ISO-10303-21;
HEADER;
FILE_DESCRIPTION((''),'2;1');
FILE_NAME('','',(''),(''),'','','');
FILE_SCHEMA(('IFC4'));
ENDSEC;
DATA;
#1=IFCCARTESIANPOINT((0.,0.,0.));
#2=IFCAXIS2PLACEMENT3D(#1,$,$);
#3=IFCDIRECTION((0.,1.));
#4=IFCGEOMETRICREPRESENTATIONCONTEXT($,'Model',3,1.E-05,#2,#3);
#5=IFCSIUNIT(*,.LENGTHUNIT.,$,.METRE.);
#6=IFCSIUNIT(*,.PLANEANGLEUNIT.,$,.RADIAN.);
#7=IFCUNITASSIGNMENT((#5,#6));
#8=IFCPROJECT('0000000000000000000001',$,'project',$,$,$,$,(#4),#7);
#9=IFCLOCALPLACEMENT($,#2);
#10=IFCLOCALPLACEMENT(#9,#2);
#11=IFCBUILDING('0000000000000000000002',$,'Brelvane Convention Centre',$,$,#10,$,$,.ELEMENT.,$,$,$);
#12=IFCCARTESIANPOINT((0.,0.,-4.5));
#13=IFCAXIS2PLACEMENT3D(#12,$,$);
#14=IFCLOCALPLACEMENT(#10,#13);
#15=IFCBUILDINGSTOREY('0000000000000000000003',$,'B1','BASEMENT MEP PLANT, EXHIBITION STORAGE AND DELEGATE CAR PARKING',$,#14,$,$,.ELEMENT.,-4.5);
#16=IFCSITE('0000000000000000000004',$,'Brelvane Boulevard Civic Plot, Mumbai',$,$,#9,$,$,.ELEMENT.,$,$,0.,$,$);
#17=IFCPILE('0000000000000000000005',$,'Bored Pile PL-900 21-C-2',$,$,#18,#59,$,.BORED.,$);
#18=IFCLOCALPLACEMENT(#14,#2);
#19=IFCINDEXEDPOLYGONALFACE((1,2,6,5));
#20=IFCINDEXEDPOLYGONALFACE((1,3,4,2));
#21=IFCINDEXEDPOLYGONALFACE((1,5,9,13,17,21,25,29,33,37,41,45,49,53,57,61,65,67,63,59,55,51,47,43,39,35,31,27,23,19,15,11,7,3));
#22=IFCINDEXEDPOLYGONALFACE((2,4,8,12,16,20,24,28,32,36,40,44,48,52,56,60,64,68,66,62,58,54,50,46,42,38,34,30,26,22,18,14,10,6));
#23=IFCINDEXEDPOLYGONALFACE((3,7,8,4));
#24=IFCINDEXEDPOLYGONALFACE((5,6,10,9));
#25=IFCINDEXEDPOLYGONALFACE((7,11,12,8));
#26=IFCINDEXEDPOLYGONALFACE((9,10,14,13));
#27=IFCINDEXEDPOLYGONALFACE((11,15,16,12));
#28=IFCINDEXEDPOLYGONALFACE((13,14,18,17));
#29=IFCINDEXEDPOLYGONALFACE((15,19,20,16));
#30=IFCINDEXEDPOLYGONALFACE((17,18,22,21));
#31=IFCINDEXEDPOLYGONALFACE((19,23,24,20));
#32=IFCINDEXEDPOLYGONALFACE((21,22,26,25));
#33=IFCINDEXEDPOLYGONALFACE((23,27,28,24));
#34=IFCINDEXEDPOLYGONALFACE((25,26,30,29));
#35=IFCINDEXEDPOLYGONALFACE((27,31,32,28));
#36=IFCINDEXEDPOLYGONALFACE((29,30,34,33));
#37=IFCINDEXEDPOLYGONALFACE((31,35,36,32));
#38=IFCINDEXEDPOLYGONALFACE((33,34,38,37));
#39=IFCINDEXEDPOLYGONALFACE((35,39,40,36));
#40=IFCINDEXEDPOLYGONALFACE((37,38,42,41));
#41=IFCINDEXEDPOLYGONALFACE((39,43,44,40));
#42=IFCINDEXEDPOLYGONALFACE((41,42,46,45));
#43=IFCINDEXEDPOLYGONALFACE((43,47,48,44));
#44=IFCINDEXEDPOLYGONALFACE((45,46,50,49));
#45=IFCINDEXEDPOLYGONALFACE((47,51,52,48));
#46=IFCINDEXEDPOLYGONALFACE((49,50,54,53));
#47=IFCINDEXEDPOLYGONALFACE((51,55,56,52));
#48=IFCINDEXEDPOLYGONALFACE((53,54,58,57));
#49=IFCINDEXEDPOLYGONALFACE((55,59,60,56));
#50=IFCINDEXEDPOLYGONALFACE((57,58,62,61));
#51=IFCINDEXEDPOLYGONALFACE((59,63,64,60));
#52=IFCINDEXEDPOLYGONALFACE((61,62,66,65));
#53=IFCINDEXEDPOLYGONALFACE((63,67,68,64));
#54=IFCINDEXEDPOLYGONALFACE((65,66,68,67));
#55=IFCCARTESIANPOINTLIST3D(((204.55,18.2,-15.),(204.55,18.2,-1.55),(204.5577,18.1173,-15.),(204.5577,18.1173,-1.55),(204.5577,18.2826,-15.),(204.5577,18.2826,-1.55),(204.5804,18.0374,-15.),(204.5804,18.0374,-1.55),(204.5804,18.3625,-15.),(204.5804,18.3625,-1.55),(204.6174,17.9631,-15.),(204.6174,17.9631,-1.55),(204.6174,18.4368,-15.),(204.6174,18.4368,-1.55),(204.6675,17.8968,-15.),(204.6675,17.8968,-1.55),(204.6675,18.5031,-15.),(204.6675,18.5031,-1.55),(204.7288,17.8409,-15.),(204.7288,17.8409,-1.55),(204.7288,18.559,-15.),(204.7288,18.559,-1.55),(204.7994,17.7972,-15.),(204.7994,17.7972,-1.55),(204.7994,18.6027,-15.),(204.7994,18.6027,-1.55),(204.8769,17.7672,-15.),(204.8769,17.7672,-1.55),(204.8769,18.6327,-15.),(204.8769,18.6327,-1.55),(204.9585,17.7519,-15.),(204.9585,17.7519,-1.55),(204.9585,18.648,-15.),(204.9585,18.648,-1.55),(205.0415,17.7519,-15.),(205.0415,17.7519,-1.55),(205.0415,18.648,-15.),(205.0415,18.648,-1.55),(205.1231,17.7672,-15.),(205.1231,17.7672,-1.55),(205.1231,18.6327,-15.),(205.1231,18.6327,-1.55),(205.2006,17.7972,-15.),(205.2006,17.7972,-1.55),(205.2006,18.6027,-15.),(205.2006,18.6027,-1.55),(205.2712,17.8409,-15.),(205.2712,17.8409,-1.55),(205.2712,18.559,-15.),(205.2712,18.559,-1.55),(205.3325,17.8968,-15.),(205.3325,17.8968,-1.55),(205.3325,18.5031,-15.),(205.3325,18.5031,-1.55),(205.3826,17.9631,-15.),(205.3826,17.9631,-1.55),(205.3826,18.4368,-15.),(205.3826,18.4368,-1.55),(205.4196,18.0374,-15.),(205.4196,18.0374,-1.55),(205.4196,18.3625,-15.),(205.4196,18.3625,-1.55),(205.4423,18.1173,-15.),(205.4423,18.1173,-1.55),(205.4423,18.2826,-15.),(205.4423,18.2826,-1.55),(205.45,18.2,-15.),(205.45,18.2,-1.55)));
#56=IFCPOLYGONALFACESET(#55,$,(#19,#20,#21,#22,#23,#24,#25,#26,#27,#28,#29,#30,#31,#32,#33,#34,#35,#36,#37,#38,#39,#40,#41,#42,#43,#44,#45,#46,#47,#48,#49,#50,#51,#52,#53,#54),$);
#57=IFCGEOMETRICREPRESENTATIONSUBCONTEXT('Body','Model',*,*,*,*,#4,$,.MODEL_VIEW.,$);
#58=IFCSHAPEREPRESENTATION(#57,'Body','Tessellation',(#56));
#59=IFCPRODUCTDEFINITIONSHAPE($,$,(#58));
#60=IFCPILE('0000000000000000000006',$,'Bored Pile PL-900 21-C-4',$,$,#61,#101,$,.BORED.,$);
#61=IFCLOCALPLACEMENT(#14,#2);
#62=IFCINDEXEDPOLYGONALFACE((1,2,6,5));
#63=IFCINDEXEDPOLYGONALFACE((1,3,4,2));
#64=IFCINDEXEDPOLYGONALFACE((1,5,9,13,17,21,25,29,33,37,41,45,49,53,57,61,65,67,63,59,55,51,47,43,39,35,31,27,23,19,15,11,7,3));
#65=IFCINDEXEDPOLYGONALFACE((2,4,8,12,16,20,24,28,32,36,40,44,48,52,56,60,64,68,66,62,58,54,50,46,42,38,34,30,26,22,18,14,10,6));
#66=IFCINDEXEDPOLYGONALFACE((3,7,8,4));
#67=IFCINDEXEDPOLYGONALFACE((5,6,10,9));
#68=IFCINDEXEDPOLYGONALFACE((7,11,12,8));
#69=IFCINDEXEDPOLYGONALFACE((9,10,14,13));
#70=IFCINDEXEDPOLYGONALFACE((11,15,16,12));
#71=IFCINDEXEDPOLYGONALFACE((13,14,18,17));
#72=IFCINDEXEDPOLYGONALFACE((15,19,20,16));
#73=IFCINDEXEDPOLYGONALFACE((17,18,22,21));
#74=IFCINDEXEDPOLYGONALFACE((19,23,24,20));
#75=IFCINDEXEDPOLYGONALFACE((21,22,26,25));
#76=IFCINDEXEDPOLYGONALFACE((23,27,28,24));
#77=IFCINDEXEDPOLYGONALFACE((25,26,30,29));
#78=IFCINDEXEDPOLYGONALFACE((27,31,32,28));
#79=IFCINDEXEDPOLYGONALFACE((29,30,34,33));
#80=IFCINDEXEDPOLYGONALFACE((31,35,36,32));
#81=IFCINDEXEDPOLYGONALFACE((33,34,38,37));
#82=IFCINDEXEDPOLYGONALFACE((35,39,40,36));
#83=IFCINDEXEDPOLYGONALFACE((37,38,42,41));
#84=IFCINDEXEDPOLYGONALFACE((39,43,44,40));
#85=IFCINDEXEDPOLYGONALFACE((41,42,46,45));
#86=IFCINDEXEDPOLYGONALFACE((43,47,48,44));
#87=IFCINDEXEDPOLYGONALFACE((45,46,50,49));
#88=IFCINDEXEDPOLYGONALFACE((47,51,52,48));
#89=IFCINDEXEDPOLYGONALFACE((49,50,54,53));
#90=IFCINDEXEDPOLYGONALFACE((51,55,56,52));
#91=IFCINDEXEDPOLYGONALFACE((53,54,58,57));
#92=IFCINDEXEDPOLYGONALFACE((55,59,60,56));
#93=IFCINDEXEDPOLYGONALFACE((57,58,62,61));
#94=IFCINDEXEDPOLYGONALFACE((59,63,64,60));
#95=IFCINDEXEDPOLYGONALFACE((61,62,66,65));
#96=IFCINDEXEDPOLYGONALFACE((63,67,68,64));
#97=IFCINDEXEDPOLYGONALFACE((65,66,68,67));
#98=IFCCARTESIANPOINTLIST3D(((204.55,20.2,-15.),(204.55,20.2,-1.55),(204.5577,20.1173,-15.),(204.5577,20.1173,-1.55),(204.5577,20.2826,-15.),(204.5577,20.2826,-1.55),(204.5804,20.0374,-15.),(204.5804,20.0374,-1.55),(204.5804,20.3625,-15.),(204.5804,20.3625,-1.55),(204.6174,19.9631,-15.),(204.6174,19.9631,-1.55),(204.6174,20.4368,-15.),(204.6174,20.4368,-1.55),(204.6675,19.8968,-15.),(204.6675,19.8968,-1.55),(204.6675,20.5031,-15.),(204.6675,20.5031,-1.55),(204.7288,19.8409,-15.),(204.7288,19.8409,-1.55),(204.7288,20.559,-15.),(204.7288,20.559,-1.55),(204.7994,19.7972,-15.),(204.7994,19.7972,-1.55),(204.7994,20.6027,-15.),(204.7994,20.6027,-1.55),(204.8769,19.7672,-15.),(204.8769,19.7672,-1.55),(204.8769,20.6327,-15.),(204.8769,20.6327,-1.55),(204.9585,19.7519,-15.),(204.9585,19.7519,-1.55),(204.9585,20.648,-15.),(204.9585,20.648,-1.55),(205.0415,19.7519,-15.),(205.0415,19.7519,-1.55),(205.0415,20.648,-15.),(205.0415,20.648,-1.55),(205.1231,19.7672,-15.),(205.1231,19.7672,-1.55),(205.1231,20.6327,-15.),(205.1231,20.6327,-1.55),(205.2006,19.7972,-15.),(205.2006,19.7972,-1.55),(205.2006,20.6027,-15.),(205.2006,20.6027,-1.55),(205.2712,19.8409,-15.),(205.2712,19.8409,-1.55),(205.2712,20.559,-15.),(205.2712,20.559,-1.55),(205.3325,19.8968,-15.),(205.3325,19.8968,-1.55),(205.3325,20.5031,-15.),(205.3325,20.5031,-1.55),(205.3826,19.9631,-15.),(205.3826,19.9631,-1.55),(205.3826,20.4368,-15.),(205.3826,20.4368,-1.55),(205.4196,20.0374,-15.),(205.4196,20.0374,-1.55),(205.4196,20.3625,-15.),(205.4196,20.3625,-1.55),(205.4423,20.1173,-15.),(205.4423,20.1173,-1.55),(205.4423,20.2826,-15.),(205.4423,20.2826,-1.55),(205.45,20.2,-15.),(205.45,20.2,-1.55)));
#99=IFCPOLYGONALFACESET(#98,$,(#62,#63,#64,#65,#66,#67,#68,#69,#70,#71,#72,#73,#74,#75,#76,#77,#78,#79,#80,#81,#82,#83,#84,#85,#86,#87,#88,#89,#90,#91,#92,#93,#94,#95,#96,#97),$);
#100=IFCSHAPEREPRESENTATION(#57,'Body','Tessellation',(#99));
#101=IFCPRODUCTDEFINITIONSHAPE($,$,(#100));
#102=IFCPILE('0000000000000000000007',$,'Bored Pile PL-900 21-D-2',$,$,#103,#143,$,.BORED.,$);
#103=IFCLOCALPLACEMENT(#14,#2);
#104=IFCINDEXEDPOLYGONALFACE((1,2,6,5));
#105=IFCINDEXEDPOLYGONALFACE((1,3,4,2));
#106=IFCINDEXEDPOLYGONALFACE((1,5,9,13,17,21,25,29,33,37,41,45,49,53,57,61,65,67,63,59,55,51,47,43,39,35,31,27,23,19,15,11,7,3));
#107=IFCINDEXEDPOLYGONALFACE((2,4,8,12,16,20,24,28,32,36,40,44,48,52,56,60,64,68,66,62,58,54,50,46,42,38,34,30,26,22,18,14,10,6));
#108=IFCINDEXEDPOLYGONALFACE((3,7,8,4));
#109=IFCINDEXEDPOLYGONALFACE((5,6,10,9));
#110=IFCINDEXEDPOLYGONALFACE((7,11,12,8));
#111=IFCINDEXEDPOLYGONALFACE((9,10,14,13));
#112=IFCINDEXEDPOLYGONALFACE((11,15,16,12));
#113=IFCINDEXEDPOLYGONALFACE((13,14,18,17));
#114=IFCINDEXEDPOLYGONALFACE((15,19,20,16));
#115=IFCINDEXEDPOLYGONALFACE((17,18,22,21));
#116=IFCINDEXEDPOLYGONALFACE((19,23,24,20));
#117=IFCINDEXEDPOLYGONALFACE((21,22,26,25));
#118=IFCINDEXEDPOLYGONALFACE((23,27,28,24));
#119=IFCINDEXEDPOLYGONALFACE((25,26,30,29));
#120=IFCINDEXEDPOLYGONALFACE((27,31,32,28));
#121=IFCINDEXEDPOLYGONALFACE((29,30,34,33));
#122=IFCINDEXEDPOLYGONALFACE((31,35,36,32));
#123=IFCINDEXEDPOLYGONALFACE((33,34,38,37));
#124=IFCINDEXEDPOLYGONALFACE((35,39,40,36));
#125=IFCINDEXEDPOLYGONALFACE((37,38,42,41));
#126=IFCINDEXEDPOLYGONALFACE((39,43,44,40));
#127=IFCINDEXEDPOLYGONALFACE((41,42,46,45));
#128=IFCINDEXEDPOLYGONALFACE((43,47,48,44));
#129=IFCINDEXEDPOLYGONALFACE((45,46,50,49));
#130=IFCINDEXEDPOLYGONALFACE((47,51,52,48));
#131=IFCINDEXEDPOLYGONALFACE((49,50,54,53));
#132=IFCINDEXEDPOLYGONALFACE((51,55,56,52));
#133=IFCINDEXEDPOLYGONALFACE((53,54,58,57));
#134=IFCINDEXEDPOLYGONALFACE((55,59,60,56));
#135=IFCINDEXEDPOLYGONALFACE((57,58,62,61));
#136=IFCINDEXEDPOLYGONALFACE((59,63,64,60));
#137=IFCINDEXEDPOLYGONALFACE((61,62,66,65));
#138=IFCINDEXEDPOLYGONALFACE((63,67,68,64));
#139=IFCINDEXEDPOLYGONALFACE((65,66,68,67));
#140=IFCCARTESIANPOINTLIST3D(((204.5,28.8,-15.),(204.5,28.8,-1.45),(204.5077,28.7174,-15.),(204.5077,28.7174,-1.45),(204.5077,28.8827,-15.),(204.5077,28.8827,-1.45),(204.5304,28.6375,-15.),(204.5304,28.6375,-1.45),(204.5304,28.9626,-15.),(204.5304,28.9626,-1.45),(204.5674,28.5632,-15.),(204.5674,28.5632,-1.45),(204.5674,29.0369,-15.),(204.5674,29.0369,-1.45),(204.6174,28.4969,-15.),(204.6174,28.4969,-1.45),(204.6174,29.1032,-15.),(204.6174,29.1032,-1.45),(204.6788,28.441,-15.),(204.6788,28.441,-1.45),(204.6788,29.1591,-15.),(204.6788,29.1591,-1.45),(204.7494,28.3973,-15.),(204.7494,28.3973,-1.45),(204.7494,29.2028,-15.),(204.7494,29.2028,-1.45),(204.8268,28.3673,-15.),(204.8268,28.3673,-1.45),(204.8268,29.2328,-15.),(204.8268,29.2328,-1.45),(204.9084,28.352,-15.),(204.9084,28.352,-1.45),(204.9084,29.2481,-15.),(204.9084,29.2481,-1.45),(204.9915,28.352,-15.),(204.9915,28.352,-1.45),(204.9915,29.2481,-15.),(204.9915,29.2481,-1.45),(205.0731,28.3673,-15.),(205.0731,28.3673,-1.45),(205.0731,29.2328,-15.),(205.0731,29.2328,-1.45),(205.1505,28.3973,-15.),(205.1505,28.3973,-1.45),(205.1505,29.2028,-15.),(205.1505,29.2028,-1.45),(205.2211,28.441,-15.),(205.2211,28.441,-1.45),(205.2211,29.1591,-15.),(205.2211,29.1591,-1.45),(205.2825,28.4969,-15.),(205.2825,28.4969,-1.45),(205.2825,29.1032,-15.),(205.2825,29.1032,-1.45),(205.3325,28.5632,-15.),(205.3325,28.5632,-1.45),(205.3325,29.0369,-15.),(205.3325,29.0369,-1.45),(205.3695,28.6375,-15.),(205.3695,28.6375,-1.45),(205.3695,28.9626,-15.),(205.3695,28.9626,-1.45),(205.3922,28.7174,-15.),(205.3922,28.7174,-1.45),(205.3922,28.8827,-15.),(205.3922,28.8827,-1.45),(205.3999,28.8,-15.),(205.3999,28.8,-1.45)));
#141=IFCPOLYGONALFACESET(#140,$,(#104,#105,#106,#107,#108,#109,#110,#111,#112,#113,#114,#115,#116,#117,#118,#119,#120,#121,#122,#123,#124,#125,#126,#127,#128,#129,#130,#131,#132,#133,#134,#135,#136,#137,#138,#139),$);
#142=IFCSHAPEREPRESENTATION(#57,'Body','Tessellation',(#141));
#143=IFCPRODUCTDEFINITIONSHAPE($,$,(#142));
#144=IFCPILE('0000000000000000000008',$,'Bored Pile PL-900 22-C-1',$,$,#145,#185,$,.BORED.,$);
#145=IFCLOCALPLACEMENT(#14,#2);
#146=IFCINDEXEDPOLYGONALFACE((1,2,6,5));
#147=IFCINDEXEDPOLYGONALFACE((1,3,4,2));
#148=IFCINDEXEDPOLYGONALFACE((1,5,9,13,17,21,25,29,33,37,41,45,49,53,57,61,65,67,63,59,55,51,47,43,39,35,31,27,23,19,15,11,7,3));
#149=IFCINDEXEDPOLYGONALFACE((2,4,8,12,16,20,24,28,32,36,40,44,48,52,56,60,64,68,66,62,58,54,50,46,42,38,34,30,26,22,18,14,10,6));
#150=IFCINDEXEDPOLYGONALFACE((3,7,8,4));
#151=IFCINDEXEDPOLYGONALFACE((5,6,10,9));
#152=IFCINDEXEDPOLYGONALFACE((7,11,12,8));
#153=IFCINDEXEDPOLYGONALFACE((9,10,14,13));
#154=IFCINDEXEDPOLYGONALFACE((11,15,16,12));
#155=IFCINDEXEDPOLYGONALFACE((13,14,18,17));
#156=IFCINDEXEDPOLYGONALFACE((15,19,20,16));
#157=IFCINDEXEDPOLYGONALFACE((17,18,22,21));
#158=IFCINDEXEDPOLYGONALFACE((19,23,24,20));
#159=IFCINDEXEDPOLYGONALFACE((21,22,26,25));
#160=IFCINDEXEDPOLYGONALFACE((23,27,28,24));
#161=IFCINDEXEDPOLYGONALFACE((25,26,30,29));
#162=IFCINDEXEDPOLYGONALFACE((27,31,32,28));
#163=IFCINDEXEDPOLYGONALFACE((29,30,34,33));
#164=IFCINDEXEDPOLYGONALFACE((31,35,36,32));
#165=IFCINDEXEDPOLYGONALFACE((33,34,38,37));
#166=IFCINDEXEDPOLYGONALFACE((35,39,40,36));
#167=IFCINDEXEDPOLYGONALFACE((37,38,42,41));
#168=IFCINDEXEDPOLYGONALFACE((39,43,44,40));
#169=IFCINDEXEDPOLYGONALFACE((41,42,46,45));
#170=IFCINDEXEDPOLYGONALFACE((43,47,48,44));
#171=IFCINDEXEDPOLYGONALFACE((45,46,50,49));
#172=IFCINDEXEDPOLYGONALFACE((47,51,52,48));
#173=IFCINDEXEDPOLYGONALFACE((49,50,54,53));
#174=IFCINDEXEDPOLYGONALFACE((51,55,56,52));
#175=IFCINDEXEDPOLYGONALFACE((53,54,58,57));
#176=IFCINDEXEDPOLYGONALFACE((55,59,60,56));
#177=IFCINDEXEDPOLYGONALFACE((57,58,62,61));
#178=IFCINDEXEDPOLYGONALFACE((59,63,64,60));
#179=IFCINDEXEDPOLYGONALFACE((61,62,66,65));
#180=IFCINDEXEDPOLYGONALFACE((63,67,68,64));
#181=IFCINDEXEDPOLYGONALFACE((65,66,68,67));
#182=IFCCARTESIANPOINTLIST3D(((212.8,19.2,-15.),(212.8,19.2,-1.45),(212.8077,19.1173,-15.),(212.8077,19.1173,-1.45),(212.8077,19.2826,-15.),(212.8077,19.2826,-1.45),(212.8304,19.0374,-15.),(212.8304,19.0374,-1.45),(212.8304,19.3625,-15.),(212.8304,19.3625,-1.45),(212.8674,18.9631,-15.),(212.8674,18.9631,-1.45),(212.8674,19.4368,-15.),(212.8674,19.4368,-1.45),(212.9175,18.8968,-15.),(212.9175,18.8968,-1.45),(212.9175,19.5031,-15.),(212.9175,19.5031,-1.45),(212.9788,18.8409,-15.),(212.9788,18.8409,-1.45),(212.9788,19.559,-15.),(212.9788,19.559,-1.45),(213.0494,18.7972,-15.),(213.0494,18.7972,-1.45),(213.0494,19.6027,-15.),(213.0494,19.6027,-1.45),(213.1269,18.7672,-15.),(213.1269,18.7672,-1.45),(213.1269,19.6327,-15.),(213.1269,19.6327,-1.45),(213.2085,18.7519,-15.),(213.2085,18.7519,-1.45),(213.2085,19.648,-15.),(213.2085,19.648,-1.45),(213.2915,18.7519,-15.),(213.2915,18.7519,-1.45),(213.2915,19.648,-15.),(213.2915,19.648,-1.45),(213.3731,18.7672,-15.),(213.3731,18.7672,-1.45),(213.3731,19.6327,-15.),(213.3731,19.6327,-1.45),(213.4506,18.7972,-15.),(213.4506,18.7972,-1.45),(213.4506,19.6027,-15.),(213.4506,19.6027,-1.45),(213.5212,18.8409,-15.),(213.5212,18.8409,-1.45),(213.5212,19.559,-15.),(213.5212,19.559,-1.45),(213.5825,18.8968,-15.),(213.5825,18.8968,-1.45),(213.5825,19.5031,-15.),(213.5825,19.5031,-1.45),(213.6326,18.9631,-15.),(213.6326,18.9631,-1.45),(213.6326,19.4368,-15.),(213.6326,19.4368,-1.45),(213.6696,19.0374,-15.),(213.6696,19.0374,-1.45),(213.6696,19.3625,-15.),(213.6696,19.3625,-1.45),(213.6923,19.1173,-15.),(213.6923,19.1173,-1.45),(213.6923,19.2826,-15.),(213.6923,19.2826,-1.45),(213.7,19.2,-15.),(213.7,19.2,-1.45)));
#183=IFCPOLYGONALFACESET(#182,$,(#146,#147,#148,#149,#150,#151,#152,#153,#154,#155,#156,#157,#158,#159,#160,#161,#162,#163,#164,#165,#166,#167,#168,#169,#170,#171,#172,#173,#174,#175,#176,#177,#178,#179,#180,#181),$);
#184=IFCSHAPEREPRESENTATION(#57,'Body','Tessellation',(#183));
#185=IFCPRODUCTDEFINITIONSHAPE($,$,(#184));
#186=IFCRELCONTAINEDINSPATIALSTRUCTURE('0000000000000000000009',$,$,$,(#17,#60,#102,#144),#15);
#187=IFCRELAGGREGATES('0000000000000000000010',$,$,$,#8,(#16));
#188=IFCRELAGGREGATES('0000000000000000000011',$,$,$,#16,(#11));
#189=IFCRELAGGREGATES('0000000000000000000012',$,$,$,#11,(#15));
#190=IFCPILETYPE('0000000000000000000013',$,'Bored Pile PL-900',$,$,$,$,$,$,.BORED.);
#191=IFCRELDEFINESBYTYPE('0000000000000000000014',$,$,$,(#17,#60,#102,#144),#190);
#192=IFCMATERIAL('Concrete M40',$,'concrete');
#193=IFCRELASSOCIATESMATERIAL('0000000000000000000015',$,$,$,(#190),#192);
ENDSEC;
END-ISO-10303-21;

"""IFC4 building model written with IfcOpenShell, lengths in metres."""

from ifc_helpers import new_model, si_unit, direction, frame, origin, origin_2d, place, context, subcontext, project, spatial, circle, extrude, material, material_profile, profile_set, type_object, element, save


model = new_model("IFC4")

# Units and contexts
model_context = context("Model", 3, precision=1e-05, world=origin(), true_north=direction((0.0, 1.0)))
body_context = subcontext(model_context, "Body", "Model", "MODEL_VIEW")
ifc_project = project(units=[si_unit("LENGTHUNIT", "METRE"), si_unit("PLANEANGLEUNIT", "RADIAN")], contexts=[model_context])

# Site, building, storey
site_placement = place(None, origin())
site = spatial("IfcSite", under=ifc_project, at=site_placement, Name="Brelvane Boulevard Civic Plot, Mumbai", CompositionType="ELEMENT", RefElevation=0.0)
building_placement = place(site_placement, origin())
building = spatial("IfcBuilding", under=site, at=building_placement, Name="Brelvane Convention Centre", CompositionType="ELEMENT")
storey_placement = place(building_placement, frame((0.0, 0.0, -4.5)))
storey = spatial("IfcBuildingStorey", under=building, at=storey_placement, Name="B1", Description="BASEMENT MEP PLANT, EXHIBITION STORAGE AND DELEGATE CAR PARKING", CompositionType="ELEMENT", Elevation=-4.5)

# Piles
ifc_material_1 = material(Name="Concrete M40", Category="concrete")
ifc_material_profile_1 = material_profile(ifc_material_1, circle(Radius=0.45, at=origin_2d()), Name="PILE D900")
ifc_profile_set_1 = profile_set([ifc_material_profile_1], Name="Concrete M40")
pile_type = type_object("IfcPileType", Name="Bored Pile PL-900", PredefinedType="BORED", material=ifc_profile_set_1)
for number, where, z_axis, x_axis, name in (
    (1, (205.0, 18.2, -1.55), (0.0, 0.0, -1.0), (1.0, 0.0, 0.0), "Bored Pile PL-900 21-C-2"),
    (2, (205.0, 20.2, -1.55), (0.0, 0.0, -1.0), (1.0, 0.0, 0.0), "Bored Pile PL-900 21-C-4"),
):
    element("IfcPile", number, at=place(storey_placement, frame(where, z_axis=z_axis, x_axis=x_axis)), inside=storey, type_object=pile_type, Name=name, PredefinedType="BORED", context=body_context, shape_type="SweptSolid", body=[
        extrude(circle(Radius=0.45, at=origin_2d()), origin(), (0.0, 0.0, 1.0), 13.45),
    ])
for number, where, z_axis, x_axis, name in (
    (3, (204.95, 28.8, -1.45), (0.0, 0.0, -1.0), (1.0, 0.0, 0.0), "Bored Pile PL-900 21-D-2"),
    (4, (213.25, 19.2, -1.45), (0.0, 0.0, -1.0), (1.0, 0.0, 0.0), "Bored Pile PL-900 22-C-1"),
):
    element("IfcPile", number, at=place(storey_placement, frame(where, z_axis=z_axis, x_axis=x_axis)), inside=storey, type_object=pile_type, Name=name, PredefinedType="BORED", context=body_context, shape_type="SweptSolid", body=[
        extrude(circle(Radius=0.45, at=origin_2d()), origin(), (0.0, 0.0, 1.0), 13.55),
    ])

save(model, "model.ifc")
